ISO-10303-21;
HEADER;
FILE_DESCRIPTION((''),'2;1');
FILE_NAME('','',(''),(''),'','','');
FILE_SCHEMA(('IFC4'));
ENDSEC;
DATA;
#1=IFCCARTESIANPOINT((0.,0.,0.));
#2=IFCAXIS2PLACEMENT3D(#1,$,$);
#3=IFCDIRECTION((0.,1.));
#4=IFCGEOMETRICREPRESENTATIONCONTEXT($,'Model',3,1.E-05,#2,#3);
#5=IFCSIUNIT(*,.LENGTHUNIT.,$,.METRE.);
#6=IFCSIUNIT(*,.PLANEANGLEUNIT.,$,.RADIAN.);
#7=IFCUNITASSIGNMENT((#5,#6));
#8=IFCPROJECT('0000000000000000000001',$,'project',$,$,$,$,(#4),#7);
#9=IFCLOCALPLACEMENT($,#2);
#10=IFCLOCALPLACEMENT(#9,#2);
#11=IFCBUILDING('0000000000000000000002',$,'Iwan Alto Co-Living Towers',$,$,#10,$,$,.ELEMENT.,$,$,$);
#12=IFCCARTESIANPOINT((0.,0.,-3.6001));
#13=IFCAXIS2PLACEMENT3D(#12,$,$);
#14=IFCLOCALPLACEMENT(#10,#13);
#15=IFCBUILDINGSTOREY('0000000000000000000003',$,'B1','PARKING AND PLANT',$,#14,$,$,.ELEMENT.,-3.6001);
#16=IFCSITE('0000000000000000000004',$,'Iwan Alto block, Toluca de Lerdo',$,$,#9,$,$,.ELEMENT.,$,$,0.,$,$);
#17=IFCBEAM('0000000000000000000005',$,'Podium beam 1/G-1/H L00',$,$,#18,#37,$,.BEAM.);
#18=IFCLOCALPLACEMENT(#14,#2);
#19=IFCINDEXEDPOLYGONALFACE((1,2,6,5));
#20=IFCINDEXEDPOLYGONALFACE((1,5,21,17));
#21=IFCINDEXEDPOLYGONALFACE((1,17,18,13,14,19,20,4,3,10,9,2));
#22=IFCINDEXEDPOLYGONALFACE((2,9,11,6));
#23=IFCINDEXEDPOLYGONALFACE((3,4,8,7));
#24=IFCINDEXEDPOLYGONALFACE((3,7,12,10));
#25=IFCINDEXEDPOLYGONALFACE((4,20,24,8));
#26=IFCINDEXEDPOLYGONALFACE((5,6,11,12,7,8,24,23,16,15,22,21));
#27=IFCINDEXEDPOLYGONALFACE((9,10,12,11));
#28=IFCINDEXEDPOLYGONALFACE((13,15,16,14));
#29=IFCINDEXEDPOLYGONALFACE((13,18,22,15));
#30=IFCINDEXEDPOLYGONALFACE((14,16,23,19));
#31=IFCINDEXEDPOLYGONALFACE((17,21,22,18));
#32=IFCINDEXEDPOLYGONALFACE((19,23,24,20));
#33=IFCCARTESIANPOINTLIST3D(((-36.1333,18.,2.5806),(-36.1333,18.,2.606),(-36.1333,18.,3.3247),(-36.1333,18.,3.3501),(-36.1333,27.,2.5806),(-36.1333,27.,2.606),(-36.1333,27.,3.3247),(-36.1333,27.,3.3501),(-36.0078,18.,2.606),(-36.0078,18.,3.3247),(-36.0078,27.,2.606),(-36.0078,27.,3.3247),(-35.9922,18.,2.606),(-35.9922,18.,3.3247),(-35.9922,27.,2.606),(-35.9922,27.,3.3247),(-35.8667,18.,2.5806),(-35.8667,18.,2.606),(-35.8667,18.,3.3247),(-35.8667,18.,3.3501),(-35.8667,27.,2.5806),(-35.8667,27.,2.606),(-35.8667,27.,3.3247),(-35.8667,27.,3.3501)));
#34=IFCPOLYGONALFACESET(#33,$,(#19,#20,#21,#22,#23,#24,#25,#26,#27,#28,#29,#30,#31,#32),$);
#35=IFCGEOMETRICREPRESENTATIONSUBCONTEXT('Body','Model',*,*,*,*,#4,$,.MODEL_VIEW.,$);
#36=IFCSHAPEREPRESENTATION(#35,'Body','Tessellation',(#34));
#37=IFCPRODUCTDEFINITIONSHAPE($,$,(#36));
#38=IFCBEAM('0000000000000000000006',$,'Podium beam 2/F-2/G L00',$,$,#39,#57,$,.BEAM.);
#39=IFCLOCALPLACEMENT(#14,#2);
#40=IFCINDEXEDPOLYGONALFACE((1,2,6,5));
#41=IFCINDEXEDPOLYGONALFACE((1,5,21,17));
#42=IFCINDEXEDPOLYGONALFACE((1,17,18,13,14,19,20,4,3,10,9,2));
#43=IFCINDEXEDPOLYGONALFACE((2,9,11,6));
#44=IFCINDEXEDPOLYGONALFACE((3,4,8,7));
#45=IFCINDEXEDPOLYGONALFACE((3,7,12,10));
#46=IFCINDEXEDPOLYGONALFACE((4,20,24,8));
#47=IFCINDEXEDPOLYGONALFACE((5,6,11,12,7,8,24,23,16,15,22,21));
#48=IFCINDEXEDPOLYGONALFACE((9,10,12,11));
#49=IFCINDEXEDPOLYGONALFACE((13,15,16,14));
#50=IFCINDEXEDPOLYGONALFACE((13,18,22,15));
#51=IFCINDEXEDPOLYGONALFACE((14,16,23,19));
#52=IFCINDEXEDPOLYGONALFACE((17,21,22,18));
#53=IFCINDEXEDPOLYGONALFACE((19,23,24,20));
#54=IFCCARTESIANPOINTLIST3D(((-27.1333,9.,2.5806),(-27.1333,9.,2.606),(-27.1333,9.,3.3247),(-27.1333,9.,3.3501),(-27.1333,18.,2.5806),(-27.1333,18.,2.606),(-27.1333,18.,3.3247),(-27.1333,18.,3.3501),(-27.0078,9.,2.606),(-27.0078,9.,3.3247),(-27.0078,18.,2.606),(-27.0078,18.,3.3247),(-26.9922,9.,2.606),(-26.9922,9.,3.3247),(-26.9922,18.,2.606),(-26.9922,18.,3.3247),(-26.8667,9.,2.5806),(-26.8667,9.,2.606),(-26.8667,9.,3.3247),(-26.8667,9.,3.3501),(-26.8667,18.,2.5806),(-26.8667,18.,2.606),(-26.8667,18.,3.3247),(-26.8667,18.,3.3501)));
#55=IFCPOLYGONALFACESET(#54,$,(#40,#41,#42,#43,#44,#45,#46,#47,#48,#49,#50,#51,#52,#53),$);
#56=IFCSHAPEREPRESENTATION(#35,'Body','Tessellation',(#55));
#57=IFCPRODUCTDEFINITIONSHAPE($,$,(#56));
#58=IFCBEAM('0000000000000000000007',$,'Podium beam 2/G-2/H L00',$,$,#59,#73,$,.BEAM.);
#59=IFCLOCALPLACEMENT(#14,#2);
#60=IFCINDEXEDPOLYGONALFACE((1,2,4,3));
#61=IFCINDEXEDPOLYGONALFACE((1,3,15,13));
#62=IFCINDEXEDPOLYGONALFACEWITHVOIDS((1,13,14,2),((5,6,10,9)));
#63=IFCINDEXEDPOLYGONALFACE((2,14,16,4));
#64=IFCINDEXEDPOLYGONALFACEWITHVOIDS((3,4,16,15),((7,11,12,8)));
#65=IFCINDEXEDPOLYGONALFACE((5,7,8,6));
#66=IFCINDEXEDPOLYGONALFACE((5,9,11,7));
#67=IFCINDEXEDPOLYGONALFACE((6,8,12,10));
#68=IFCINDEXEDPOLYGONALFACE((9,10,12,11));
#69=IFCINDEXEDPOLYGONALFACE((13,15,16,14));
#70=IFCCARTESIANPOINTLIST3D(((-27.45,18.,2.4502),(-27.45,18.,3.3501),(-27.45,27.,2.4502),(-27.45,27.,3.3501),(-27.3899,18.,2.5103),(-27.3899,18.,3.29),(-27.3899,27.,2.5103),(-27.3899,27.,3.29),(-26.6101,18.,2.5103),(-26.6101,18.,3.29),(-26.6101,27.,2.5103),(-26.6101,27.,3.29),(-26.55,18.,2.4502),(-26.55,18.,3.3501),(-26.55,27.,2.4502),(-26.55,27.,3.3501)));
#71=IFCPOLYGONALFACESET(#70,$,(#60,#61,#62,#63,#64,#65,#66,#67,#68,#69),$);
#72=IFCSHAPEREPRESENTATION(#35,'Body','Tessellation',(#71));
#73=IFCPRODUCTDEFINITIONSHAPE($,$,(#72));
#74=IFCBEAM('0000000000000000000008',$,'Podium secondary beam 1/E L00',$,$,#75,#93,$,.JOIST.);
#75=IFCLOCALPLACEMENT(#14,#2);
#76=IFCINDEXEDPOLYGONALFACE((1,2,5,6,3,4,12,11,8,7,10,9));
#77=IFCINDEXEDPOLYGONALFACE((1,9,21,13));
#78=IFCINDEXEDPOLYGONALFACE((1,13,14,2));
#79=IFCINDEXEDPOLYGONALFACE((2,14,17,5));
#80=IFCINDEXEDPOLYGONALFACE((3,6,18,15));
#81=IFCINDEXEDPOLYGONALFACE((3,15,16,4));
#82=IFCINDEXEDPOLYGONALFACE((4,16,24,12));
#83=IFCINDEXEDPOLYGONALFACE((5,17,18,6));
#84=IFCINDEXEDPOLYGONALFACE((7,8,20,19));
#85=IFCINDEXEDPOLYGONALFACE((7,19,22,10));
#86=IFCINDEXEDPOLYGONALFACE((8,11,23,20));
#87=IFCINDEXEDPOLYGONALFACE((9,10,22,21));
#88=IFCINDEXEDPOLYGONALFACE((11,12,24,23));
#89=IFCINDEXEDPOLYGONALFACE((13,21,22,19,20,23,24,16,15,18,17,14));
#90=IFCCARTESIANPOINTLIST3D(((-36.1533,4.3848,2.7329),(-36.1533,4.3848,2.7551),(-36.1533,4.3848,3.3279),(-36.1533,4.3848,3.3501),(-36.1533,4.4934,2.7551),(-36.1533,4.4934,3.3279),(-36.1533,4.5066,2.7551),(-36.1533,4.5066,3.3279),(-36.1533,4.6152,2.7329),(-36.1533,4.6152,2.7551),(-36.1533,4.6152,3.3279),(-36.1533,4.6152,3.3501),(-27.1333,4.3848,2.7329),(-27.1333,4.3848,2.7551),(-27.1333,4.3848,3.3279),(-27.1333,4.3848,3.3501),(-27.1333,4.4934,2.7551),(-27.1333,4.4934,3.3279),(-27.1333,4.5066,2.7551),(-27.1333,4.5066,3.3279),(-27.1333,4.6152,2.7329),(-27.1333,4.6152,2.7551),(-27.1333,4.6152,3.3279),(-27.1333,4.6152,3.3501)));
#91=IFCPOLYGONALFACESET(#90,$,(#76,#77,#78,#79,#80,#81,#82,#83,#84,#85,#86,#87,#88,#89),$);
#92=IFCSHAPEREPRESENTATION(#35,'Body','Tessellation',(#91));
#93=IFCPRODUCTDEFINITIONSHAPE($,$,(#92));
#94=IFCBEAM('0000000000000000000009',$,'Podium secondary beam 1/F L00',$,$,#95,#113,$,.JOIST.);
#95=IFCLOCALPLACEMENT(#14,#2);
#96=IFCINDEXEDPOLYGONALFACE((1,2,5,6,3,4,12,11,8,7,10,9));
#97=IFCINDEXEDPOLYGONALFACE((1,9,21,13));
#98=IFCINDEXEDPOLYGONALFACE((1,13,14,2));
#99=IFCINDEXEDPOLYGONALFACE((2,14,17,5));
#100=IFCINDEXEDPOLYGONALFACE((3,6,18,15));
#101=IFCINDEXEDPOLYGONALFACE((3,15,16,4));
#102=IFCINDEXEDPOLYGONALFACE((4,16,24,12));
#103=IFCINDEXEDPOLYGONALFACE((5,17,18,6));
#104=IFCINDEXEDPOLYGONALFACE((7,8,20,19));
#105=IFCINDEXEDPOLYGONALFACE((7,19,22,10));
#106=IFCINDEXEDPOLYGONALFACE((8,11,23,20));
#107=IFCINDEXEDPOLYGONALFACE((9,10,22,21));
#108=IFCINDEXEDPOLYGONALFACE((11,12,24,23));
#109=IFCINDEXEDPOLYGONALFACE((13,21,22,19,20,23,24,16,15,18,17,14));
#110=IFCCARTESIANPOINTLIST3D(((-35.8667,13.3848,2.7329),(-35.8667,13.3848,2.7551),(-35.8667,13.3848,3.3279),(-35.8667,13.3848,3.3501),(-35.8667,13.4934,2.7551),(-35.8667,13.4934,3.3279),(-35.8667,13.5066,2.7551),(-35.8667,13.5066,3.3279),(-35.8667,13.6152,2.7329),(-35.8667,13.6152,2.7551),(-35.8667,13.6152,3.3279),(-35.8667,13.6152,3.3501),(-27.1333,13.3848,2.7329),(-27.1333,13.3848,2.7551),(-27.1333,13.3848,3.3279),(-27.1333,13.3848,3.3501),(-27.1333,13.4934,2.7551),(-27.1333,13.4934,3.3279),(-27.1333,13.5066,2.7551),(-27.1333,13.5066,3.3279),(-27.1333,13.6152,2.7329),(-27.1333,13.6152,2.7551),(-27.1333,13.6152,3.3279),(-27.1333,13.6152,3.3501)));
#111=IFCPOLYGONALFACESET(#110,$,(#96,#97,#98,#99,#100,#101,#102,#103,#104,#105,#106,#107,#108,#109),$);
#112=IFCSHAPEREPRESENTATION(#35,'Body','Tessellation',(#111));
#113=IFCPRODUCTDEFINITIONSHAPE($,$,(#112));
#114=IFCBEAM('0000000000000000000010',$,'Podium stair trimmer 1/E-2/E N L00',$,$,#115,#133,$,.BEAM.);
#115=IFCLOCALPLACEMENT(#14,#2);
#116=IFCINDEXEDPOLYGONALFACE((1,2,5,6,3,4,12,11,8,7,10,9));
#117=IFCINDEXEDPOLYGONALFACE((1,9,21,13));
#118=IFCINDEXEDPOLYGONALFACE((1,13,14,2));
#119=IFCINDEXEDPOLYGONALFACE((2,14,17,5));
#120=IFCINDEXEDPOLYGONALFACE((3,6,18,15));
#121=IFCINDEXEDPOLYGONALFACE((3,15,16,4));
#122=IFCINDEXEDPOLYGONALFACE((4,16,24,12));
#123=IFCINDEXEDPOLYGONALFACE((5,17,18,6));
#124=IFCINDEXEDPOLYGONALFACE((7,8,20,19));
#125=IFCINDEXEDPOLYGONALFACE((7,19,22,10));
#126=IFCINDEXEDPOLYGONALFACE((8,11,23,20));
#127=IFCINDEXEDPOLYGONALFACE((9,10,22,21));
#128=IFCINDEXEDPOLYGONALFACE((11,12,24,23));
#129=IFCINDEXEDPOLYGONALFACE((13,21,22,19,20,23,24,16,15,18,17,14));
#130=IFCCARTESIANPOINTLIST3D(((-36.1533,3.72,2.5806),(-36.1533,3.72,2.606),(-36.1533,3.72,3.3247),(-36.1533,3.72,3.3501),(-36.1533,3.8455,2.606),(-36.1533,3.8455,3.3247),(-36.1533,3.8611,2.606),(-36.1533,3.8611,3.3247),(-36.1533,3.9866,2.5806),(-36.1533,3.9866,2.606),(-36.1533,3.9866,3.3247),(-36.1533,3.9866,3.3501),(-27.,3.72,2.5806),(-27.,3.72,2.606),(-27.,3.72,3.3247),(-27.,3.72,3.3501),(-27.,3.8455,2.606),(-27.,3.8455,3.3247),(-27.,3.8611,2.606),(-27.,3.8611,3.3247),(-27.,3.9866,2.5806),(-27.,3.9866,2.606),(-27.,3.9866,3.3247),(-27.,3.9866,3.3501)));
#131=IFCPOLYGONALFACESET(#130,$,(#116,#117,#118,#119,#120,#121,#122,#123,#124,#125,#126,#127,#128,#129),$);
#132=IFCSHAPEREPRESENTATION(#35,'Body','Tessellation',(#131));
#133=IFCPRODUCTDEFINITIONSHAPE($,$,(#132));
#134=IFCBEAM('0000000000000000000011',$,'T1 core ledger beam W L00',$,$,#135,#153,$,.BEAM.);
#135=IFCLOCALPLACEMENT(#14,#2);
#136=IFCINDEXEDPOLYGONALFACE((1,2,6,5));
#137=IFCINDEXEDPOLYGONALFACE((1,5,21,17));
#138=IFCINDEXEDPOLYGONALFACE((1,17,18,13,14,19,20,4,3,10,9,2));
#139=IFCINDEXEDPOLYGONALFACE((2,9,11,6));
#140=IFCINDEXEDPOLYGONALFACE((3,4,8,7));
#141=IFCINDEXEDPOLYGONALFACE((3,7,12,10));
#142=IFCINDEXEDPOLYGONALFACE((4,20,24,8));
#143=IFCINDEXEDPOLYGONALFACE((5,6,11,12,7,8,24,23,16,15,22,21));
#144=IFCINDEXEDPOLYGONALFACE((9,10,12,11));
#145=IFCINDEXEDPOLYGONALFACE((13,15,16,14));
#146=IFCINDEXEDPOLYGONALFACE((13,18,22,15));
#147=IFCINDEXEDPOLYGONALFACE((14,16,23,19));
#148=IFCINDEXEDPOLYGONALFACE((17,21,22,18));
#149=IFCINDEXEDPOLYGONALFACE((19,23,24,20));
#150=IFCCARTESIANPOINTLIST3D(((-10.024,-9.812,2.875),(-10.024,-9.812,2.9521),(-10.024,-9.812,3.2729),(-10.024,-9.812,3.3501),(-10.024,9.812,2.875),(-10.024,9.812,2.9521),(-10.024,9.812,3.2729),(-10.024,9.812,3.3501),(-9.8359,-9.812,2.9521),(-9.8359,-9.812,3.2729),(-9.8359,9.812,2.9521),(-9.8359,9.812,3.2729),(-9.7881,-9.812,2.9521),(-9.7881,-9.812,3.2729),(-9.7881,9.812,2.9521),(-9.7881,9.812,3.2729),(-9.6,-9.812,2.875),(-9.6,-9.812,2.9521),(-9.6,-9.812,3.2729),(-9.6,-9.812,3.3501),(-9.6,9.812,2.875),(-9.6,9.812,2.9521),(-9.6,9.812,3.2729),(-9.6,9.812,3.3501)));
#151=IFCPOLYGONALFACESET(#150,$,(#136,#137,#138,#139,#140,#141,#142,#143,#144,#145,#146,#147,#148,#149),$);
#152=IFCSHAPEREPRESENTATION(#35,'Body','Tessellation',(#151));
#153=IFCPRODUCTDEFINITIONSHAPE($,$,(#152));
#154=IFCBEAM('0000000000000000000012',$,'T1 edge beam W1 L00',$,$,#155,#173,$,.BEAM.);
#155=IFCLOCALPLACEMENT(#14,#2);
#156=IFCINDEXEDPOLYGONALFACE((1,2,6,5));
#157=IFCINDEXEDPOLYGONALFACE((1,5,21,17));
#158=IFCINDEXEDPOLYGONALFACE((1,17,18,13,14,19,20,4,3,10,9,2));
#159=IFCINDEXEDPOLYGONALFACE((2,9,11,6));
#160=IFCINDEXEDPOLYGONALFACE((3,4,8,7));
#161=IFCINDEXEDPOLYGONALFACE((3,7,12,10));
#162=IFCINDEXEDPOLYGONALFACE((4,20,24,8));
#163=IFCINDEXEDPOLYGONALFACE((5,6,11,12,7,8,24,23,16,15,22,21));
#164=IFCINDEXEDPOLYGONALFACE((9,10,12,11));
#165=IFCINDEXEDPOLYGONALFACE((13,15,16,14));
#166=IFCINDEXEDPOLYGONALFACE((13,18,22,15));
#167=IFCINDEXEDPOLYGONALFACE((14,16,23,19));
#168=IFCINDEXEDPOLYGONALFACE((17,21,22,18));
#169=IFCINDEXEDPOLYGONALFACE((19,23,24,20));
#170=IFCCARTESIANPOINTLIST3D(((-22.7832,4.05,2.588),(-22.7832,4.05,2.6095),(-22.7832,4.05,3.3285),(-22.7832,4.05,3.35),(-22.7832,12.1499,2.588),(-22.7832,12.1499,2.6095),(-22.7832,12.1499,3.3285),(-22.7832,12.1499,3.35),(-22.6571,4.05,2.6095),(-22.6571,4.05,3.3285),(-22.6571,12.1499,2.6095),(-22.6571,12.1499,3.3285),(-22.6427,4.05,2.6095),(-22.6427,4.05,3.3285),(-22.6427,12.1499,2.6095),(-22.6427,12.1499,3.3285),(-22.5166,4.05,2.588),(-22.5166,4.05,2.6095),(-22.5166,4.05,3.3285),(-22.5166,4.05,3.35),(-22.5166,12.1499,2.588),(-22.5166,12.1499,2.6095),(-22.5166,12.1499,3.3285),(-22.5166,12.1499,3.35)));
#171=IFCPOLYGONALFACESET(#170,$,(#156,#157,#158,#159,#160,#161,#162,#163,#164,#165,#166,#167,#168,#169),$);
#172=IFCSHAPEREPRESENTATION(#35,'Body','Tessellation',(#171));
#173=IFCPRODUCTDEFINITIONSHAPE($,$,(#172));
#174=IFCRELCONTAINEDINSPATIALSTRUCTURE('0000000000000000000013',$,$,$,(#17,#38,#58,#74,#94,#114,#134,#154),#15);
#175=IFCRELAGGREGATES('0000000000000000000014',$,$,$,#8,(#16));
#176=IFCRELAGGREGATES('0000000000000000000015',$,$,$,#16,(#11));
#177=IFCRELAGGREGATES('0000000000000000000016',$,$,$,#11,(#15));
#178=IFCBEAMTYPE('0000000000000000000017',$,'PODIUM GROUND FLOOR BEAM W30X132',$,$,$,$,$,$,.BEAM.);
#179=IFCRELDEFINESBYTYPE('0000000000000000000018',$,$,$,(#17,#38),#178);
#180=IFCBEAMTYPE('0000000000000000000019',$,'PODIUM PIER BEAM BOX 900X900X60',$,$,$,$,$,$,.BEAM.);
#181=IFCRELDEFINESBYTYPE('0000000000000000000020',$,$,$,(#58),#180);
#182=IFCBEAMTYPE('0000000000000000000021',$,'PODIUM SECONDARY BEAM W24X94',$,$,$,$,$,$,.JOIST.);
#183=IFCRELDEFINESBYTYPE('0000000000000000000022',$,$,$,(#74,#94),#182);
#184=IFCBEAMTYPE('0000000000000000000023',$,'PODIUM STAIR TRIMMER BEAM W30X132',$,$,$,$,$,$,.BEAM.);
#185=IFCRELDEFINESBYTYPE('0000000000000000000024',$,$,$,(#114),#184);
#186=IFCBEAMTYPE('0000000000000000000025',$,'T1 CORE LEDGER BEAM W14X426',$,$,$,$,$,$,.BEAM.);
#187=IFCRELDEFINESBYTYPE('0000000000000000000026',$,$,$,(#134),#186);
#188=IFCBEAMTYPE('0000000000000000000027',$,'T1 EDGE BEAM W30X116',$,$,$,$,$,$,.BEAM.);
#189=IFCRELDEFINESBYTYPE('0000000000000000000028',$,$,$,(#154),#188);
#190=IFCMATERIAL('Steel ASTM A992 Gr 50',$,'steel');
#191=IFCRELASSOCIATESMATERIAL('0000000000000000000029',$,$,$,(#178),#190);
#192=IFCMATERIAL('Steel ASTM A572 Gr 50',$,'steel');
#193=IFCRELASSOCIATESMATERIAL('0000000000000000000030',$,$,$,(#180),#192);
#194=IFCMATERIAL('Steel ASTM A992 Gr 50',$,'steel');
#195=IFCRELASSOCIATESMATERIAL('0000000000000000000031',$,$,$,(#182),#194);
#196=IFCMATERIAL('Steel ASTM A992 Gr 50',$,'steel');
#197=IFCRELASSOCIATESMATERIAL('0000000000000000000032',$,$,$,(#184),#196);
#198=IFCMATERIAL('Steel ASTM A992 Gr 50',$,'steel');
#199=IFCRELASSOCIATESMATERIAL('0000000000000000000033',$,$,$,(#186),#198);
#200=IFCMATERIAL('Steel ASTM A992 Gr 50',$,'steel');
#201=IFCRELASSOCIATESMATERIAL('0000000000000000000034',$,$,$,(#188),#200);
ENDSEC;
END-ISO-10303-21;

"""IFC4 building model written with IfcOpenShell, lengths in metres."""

from ifc_helpers import new_model, si_unit, direction, frame, origin, origin_2d, place, context, subcontext, project, spatial, hollow_rectangle, i_section, extrude, material, material_profile, profile_set, type_object, element, save


model = new_model("IFC4")

# Units and contexts
model_context = context("Model", 3, precision=1e-05, world=origin(), true_north=direction((0.0, 1.0)))
body_context = subcontext(model_context, "Body", "Model", "MODEL_VIEW")
ifc_project = project(units=[si_unit("LENGTHUNIT", "METRE"), si_unit("PLANEANGLEUNIT", "RADIAN")], contexts=[model_context])

# Site, building, storey
site_placement = place(None, origin())
site = spatial("IfcSite", under=ifc_project, at=site_placement, Name="Iwan Alto block, Toluca de Lerdo", CompositionType="ELEMENT", RefElevation=0.0)
building_placement = place(site_placement, origin())
building = spatial("IfcBuilding", under=site, at=building_placement, Name="Iwan Alto Co-Living Towers", CompositionType="ELEMENT")
storey_placement = place(building_placement, frame((0.0, 0.0, -3.6001)))
storey = spatial("IfcBuildingStorey", under=building, at=storey_placement, Name="B1", Description="PARKING AND PLANT", CompositionType="ELEMENT", Elevation=-3.6001)

# Beams
ifc_material_1 = material(Name="Steel ASTM A992 Gr 50", Category="steel")
ifc_material_profile_1 = material_profile(ifc_material_1, i_section(OverallWidth=0.2666, OverallDepth=0.7695, WebThickness=0.0156, FlangeThickness=0.0254, at=origin_2d()), Name="W30X132")
ifc_profile_set_1 = profile_set([ifc_material_profile_1], Name="Steel ASTM A992 Gr 50")
beam_type_1 = type_object("IfcBeamType", Name="PODIUM GROUND FLOOR BEAM W30X132", PredefinedType="BEAM", material=ifc_profile_set_1)
for number, where, z_axis, x_axis, name in (
    (1, (-36.0, 18.0, 2.9653), (0.0, 1.0, 0.0), (-1.0, 0.0, 0.0), "Podium beam 1/G-1/H L00"),
    (2, (-27.0, 9.0, 2.9653), (0.0, 1.0, 0.0), (-1.0, 0.0, 0.0), "Podium beam 2/F-2/G L00"),
):
    element("IfcBeam", number, at=place(storey_placement, frame(where, z_axis=z_axis, x_axis=x_axis)), inside=storey, type_object=beam_type_1, Name=name, PredefinedType="BEAM", context=body_context, shape_type="SweptSolid", body=[
        extrude(i_section(OverallWidth=0.2666, OverallDepth=0.7695, WebThickness=0.0156, FlangeThickness=0.0254, at=origin_2d()), origin(), (0.0, 0.0, 1.0), 9.0),
    ])
ifc_material_2 = material(Name="Steel ASTM A572 Gr 50", Category="steel")
ifc_material_profile_2 = material_profile(ifc_material_2, hollow_rectangle(XDim=0.8999, YDim=0.8999, WallThickness=0.0601, at=origin_2d()), Name="BOX 900X900X60")
ifc_profile_set_2 = profile_set([ifc_material_profile_2], Name="Steel ASTM A572 Gr 50")
beam_type_2 = type_object("IfcBeamType", Name="PODIUM PIER BEAM BOX 900X900X60", PredefinedType="BEAM", material=ifc_profile_set_2)
beam_1_placement = place(storey_placement, frame((-27.0, 18.0, 2.9001), z_axis=(0.0, 1.0, 0.0), x_axis=(-1.0, 0.0, 0.0)))
element("IfcBeam", 3, at=beam_1_placement, inside=storey, type_object=beam_type_2, Name="Podium beam 2/G-2/H L00", PredefinedType="BEAM", context=body_context, shape_type="SweptSolid", body=[
    extrude(hollow_rectangle(XDim=0.8999, YDim=0.8999, WallThickness=0.0601, at=origin_2d()), origin(), (0.0, 0.0, 1.0), 9.0),
])
ifc_material_3 = material(Name="Steel ASTM A992 Gr 50", Category="steel")
ifc_material_profile_3 = material_profile(ifc_material_3, i_section(OverallWidth=0.2305, OverallDepth=0.6172, WebThickness=0.0132, FlangeThickness=0.0222, at=origin_2d()), Name="W24X94")
ifc_profile_set_3 = profile_set([ifc_material_profile_3], Name="Steel ASTM A992 Gr 50")
beam_type_3 = type_object("IfcBeamType", Name="PODIUM SECONDARY BEAM W24X94", PredefinedType="JOIST", material=ifc_profile_set_3)
beam_2_placement = place(storey_placement, frame((-36.1533, 4.5, 3.0415), z_axis=(1.0, 0.0, 0.0), x_axis=(0.0, 1.0, 0.0)))
element("IfcBeam", 4, at=beam_2_placement, inside=storey, type_object=beam_type_3, Name="Podium secondary beam 1/E L00", PredefinedType="JOIST", context=body_context, shape_type="SweptSolid", body=[
    extrude(i_section(OverallWidth=0.2305, OverallDepth=0.6172, WebThickness=0.0132, FlangeThickness=0.0222, at=origin_2d()), origin(), (0.0, 0.0, 1.0), 9.02),
])
beam_3_placement = place(storey_placement, frame((-35.8667, 13.5, 3.0415), z_axis=(1.0, 0.0, 0.0), x_axis=(0.0, 1.0, 0.0)))
element("IfcBeam", 5, at=beam_3_placement, inside=storey, type_object=beam_type_3, Name="Podium secondary beam 1/F L00", PredefinedType="JOIST", context=body_context, shape_type="SweptSolid", body=[
    extrude(i_section(OverallWidth=0.2305, OverallDepth=0.6172, WebThickness=0.0132, FlangeThickness=0.0222, at=origin_2d()), origin(), (0.0, 0.0, 1.0), 8.7334),
])
ifc_material_4 = material(Name="Steel ASTM A992 Gr 50", Category="steel")
ifc_material_profile_4 = material_profile(ifc_material_4, i_section(OverallWidth=0.2666, OverallDepth=0.7695, WebThickness=0.0156, FlangeThickness=0.0254, at=origin_2d()), Name="W30X132")
ifc_profile_set_4 = profile_set([ifc_material_profile_4], Name="Steel ASTM A992 Gr 50")
beam_type_4 = type_object("IfcBeamType", Name="PODIUM STAIR TRIMMER BEAM W30X132", PredefinedType="BEAM", material=ifc_profile_set_4)
beam_4_placement = place(storey_placement, frame((-36.1533, 3.8533, 2.9653), z_axis=(1.0, 0.0, 0.0), x_axis=(0.0, 1.0, 0.0)))
element("IfcBeam", 6, at=beam_4_placement, inside=storey, type_object=beam_type_4, Name="Podium stair trimmer 1/E-2/E N L00", PredefinedType="BEAM", context=body_context, shape_type="SweptSolid", body=[
    extrude(i_section(OverallWidth=0.2666, OverallDepth=0.7695, WebThickness=0.0156, FlangeThickness=0.0254, at=origin_2d()), origin(), (0.0, 0.0, 1.0), 9.1533),
])
ifc_material_5 = material(Name="Steel ASTM A992 Gr 50", Category="steel")
ifc_material_profile_5 = material_profile(ifc_material_5, i_section(OverallWidth=0.4241, OverallDepth=0.4751, WebThickness=0.0479, FlangeThickness=0.0771, at=origin_2d()), Name="W14X426")
ifc_profile_set_5 = profile_set([ifc_material_profile_5], Name="Steel ASTM A992 Gr 50")
beam_type_5 = type_object("IfcBeamType", Name="T1 CORE LEDGER BEAM W14X426", PredefinedType="BEAM", material=ifc_profile_set_5)
beam_5_placement = place(storey_placement, frame((-9.812, 9.812, 3.1125), z_axis=(0.0, -1.0, 0.0), x_axis=(1.0, 0.0, 0.0)))
element("IfcBeam", 7, at=beam_5_placement, inside=storey, type_object=beam_type_5, Name="T1 core ledger beam W L00", PredefinedType="BEAM", context=body_context, shape_type="SweptSolid", body=[
    extrude(i_section(OverallWidth=0.4241, OverallDepth=0.4751, WebThickness=0.0479, FlangeThickness=0.0771, at=origin_2d()), origin(), (0.0, 0.0, 1.0), 19.624),
])
ifc_material_6 = material(Name="Steel ASTM A992 Gr 50", Category="steel")
ifc_material_profile_6 = material_profile(ifc_material_6, i_section(OverallWidth=0.2666, OverallDepth=0.762, WebThickness=0.0144, FlangeThickness=0.0215, at=origin_2d()), Name="W30X116")
ifc_profile_set_6 = profile_set([ifc_material_profile_6], Name="Steel ASTM A992 Gr 50")
beam_type_6 = type_object("IfcBeamType", Name="T1 EDGE BEAM W30X116", PredefinedType="BEAM", material=ifc_profile_set_6)
beam_6_placement = place(storey_placement, frame((-22.6499, 12.1499, 2.969), z_axis=(0.0, -1.0, 0.0), x_axis=(1.0, 0.0, 0.0)))
element("IfcBeam", 8, at=beam_6_placement, inside=storey, type_object=beam_type_6, Name="T1 edge beam W1 L00", PredefinedType="BEAM", context=body_context, shape_type="SweptSolid", body=[
    extrude(i_section(OverallWidth=0.2666, OverallDepth=0.762, WebThickness=0.0144, FlangeThickness=0.0215, at=origin_2d()), origin(), (0.0, 0.0, 1.0), 8.0999),
])

save(model, "model.ifc")
